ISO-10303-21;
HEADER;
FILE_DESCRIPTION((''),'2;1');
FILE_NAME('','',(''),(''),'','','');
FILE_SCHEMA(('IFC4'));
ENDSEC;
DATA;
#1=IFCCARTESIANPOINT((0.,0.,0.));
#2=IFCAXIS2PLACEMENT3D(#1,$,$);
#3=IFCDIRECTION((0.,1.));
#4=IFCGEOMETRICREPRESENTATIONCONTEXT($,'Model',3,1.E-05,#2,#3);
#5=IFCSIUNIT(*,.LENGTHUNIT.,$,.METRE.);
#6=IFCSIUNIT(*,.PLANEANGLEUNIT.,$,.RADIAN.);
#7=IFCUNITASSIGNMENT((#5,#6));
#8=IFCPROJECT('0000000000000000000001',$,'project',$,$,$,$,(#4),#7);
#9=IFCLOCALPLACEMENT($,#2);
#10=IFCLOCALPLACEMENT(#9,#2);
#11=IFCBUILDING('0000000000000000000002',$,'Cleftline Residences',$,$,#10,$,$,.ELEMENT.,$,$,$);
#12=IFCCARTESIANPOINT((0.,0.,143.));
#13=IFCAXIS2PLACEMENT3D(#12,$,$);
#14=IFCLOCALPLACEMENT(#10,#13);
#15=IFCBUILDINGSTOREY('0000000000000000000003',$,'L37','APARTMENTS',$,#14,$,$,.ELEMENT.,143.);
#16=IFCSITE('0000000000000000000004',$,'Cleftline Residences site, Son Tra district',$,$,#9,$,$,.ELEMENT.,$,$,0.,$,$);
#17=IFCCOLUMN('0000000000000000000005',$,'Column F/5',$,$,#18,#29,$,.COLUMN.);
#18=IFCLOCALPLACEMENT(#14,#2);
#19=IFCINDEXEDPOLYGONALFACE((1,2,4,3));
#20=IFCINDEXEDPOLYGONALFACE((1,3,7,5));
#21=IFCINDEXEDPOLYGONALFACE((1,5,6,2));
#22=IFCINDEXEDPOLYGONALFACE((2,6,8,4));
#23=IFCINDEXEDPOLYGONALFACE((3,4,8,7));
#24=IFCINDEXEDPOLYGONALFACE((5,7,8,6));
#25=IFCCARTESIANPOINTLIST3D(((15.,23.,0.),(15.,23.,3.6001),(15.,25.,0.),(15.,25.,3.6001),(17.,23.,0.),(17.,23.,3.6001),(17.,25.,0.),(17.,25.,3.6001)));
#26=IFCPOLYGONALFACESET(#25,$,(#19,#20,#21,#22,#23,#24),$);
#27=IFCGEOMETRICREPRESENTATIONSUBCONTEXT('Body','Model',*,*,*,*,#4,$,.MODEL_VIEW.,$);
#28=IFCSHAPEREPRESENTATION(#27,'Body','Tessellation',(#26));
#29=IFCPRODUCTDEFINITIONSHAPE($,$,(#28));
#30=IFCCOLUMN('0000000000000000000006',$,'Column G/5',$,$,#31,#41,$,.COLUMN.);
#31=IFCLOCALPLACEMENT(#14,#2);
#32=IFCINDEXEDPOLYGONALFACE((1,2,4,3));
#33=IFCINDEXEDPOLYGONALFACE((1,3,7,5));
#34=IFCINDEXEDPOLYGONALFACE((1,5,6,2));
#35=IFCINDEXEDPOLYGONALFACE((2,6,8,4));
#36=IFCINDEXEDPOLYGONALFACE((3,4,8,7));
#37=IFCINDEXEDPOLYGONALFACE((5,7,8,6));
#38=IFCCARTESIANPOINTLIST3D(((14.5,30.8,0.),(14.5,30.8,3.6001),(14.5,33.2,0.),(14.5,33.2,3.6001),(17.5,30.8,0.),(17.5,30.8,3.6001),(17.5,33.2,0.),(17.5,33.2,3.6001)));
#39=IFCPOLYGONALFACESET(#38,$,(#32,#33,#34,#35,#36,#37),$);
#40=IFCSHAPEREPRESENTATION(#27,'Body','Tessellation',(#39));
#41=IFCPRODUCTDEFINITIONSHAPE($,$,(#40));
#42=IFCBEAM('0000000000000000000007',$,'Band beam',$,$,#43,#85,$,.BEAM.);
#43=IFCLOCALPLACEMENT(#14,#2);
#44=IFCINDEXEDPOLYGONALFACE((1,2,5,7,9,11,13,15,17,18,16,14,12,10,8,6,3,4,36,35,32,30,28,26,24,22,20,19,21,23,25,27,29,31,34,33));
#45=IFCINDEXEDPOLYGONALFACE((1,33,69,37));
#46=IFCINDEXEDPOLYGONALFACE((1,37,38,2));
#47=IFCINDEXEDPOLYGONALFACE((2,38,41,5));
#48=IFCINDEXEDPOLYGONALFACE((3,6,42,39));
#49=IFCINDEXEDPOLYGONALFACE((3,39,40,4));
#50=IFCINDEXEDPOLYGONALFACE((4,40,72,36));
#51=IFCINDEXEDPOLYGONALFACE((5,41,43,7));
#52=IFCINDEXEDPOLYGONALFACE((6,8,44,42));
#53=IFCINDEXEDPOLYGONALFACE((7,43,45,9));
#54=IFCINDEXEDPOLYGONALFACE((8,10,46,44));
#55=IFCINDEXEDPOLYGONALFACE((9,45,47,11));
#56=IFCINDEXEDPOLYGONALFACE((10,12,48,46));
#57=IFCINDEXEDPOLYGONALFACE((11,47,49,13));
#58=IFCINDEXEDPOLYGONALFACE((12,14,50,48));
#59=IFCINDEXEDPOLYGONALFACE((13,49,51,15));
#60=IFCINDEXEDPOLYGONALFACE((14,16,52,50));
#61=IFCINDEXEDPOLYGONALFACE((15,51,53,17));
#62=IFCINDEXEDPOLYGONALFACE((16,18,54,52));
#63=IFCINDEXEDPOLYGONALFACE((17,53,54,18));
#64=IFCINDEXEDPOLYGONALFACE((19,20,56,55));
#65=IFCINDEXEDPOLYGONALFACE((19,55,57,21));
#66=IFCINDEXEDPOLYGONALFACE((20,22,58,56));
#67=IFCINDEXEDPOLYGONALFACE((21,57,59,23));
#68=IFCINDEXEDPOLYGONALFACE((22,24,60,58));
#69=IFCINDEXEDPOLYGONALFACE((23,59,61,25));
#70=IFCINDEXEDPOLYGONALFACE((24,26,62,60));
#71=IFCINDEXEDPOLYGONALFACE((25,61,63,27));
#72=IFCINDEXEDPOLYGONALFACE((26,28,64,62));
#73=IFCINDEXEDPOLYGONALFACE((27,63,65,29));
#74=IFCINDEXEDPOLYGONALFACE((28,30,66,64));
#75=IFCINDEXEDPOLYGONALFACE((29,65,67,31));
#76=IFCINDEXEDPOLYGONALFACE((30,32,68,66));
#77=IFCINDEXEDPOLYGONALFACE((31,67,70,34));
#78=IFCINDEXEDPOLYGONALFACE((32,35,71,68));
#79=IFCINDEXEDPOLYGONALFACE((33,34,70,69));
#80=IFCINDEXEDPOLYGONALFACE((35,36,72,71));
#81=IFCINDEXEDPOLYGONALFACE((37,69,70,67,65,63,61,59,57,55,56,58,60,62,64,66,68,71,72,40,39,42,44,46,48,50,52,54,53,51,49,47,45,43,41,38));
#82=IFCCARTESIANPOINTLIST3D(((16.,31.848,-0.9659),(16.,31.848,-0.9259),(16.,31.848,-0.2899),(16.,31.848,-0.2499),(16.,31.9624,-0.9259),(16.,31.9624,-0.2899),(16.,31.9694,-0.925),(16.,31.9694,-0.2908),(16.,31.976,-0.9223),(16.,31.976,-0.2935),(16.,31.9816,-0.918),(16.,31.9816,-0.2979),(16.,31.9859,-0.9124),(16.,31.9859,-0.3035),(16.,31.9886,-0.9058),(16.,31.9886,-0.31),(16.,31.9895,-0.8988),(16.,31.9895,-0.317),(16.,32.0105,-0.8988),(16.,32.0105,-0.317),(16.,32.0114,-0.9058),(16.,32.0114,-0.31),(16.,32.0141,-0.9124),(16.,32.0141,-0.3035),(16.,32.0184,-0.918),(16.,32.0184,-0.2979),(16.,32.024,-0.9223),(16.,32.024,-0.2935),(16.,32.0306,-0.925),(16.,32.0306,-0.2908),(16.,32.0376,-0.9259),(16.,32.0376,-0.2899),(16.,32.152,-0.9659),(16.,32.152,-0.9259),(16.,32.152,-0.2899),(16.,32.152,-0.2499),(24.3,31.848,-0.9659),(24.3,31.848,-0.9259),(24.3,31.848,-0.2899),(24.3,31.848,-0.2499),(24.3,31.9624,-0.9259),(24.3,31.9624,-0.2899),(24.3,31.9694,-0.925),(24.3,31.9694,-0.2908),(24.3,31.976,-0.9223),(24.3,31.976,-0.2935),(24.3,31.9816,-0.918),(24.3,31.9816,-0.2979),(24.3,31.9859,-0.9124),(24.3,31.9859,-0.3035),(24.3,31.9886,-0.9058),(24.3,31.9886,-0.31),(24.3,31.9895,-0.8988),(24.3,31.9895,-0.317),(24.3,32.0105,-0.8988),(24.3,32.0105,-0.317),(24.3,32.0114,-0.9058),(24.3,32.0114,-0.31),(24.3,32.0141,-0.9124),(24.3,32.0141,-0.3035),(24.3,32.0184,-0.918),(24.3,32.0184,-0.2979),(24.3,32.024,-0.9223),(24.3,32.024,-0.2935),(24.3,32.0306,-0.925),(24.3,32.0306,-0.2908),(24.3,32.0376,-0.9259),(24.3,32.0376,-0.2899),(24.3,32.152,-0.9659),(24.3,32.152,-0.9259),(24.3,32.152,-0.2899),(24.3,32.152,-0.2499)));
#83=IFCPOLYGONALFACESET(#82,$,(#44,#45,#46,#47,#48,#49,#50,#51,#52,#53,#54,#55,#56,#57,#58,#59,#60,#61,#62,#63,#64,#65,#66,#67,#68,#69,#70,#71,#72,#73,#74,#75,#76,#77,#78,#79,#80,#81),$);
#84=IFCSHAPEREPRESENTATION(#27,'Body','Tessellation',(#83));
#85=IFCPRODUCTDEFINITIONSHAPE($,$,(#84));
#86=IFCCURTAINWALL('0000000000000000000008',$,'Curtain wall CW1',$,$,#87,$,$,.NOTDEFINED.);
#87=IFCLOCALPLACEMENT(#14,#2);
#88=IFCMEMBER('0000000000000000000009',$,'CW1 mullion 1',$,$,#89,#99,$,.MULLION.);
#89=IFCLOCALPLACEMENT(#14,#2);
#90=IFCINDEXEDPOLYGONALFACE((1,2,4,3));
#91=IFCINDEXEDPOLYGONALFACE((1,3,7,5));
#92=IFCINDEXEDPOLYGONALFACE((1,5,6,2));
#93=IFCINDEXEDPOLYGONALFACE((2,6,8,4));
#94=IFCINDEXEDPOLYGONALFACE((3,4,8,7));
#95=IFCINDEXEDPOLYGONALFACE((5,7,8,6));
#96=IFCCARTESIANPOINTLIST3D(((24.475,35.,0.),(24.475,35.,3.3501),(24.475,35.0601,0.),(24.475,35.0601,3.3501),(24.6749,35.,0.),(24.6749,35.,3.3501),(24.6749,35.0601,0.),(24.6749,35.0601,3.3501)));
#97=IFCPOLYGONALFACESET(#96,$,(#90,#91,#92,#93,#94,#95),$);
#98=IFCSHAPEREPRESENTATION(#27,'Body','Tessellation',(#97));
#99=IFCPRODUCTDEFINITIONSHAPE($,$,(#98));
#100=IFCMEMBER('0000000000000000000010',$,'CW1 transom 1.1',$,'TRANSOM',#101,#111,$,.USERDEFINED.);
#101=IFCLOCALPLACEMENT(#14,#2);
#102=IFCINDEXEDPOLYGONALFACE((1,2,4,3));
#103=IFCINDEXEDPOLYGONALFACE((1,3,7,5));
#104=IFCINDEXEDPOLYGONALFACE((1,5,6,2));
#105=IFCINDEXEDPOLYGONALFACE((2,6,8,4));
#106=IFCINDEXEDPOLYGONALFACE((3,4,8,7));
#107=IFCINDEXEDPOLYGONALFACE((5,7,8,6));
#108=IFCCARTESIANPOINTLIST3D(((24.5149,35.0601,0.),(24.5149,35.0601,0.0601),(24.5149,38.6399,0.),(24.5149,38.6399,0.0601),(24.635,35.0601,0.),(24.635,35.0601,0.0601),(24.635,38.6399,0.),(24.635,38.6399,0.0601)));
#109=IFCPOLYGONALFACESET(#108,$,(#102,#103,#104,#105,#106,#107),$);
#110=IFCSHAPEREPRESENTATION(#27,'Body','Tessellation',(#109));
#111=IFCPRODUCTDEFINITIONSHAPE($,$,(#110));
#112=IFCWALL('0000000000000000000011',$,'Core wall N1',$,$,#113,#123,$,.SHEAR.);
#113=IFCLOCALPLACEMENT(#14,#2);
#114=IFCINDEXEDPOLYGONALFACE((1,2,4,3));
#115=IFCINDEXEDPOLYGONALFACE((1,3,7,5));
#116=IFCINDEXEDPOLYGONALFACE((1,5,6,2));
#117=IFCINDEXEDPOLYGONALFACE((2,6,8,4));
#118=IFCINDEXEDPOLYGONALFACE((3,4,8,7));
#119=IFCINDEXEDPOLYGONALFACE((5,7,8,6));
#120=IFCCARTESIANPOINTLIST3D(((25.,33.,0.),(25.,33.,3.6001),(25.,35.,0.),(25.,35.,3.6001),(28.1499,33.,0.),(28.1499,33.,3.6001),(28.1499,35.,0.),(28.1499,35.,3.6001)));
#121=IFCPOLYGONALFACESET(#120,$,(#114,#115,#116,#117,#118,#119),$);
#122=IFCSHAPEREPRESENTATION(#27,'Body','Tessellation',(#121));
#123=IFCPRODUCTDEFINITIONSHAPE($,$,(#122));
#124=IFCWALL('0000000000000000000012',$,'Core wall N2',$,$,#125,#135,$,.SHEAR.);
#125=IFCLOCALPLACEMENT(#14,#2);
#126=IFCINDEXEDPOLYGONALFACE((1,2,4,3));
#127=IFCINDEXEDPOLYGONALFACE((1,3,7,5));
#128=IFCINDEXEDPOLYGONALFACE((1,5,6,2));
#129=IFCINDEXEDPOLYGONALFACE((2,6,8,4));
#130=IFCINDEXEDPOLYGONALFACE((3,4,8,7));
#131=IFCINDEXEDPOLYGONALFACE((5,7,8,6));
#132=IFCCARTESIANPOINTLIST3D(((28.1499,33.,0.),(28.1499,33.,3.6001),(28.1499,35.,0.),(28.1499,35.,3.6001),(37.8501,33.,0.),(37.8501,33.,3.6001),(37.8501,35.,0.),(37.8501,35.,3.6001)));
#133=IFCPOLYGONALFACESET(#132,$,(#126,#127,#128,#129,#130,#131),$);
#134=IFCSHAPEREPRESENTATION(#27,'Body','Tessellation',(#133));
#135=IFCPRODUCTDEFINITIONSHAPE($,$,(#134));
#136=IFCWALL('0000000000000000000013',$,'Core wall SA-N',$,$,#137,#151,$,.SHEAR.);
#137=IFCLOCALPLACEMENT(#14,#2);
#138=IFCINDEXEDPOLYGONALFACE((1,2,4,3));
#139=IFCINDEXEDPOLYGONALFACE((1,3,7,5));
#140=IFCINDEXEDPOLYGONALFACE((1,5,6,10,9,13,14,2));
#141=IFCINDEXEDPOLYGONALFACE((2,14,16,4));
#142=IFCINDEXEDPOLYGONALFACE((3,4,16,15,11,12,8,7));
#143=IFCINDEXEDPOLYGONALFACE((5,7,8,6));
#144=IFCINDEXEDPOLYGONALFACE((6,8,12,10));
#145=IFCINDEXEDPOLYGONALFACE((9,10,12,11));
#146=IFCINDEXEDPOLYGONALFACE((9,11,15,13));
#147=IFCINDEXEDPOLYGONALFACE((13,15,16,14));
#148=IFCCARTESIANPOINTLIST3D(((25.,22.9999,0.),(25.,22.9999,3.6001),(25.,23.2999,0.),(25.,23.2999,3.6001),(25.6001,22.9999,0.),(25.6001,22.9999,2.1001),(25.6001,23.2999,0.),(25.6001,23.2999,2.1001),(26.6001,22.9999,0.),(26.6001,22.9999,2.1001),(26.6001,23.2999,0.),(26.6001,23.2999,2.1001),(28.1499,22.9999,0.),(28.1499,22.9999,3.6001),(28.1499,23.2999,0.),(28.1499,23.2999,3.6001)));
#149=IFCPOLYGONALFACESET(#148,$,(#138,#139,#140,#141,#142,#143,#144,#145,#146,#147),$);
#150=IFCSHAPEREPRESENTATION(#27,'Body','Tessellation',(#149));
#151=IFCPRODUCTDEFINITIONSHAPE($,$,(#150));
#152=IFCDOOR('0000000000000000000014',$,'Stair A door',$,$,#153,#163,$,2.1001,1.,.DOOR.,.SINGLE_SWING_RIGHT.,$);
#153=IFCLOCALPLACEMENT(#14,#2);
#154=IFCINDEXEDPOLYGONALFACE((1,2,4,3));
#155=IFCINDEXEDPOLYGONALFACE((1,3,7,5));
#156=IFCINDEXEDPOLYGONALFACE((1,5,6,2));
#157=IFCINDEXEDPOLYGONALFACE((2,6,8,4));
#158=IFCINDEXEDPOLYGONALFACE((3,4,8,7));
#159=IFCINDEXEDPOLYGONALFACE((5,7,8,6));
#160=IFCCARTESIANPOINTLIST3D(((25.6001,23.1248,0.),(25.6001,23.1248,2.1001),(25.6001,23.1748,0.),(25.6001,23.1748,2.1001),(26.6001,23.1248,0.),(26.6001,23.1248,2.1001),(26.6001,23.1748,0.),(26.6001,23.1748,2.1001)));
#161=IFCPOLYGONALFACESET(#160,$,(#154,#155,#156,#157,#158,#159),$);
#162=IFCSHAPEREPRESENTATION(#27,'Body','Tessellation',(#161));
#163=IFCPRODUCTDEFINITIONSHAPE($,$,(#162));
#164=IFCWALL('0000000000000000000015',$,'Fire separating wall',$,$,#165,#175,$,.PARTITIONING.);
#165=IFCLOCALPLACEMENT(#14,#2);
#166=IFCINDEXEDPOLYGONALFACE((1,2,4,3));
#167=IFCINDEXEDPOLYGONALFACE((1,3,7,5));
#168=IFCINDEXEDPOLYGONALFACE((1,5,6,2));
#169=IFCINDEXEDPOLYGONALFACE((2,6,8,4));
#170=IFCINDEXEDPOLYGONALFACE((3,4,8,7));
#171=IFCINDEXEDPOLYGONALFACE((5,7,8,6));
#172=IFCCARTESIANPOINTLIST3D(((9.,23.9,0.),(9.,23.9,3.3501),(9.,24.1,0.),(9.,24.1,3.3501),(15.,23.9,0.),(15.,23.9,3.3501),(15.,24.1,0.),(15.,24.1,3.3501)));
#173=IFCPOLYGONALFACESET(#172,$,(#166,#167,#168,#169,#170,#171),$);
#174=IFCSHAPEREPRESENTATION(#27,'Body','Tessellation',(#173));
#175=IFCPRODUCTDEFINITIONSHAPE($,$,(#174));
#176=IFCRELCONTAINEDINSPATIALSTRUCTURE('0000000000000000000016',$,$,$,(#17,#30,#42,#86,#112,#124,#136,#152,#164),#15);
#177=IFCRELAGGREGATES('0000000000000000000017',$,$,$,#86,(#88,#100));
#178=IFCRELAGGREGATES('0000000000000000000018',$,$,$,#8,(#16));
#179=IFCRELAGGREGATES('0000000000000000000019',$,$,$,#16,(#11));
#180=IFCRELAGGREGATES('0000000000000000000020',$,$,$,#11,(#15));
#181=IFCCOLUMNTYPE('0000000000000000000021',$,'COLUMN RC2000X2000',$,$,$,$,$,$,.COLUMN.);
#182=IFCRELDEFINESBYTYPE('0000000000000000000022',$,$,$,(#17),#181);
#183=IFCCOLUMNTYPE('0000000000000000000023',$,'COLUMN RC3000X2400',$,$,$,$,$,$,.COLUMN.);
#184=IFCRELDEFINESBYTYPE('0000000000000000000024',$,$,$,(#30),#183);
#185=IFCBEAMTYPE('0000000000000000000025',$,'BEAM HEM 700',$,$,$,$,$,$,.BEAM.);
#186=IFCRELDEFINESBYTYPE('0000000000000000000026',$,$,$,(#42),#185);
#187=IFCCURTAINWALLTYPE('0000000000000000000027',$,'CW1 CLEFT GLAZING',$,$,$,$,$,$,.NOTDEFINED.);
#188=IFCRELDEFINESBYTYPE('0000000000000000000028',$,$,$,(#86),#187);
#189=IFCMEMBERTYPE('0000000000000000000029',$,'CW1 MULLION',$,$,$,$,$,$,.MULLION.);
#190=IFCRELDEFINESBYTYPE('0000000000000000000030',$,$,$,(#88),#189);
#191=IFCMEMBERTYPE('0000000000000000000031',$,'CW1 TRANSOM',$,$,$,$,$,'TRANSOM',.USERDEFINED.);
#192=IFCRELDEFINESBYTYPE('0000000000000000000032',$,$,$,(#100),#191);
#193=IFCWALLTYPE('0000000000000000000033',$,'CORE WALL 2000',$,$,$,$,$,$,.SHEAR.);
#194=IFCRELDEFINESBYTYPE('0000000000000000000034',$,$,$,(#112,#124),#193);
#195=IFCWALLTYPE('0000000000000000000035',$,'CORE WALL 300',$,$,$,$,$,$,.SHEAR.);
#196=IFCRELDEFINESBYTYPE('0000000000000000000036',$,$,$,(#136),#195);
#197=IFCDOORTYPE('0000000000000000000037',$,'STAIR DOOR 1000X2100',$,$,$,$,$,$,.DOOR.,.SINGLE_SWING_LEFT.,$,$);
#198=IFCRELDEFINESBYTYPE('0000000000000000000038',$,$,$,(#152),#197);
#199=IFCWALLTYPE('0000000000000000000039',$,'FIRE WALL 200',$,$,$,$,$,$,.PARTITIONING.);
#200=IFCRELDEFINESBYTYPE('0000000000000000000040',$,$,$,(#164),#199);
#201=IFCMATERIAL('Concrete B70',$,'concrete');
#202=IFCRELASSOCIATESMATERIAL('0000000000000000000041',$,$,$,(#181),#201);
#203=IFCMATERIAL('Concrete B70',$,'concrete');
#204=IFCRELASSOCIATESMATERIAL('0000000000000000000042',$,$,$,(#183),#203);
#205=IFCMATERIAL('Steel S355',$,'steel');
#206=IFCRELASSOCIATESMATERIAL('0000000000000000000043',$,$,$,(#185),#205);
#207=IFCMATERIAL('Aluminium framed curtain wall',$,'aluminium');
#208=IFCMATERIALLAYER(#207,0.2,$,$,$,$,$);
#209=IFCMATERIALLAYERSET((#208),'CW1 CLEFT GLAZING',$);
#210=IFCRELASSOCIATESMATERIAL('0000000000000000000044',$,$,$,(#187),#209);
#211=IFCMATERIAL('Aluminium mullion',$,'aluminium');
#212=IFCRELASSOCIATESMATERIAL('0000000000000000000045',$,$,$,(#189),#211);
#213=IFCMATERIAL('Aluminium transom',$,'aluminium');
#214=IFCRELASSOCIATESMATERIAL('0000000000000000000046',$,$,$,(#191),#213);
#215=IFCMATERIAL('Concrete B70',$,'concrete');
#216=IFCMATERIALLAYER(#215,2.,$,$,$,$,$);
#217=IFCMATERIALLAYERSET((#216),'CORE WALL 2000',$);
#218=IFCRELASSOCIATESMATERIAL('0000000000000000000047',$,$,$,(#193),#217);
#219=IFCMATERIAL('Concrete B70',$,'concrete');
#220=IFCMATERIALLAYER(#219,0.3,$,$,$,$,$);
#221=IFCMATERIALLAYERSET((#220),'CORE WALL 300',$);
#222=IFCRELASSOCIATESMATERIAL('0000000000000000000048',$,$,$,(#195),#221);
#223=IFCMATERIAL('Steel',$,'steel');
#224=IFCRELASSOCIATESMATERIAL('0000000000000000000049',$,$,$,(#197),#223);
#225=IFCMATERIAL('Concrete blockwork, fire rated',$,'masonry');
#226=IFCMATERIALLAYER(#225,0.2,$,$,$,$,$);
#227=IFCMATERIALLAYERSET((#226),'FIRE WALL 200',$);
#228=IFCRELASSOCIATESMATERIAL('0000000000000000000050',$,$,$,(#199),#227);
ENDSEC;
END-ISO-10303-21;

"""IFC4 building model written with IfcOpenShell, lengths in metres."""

from ifc_helpers import new_model, si_unit, direction, frame, frame_2d, origin, origin_2d, place, context, subcontext, project, spatial, rectangle, i_section, extrude, material, layer, layer_set, material_profile, profile_set, type_object, element, fill, aggregate, save


model = new_model("IFC4")

# Units and contexts
model_context = context("Model", 3, precision=1e-05, world=origin(), true_north=direction((0.0, 1.0)))
body_context = subcontext(model_context, "Body", "Model", "MODEL_VIEW")
ifc_project = project(units=[si_unit("LENGTHUNIT", "METRE"), si_unit("PLANEANGLEUNIT", "RADIAN")], contexts=[model_context])

# Site, building, storey
site_placement = place(None, origin())
site = spatial("IfcSite", under=ifc_project, at=site_placement, Name="Cleftline Residences site, Son Tra district", CompositionType="ELEMENT", RefElevation=0.0)
building_placement = place(site_placement, origin())
building = spatial("IfcBuilding", under=site, at=building_placement, Name="Cleftline Residences", CompositionType="ELEMENT")
storey_placement = place(building_placement, frame((0.0, 0.0, 143.0)))
storey = spatial("IfcBuildingStorey", under=building, at=storey_placement, Name="L37", Description="APARTMENTS", CompositionType="ELEMENT", Elevation=143.0)

# Columns
ifc_material_1 = material(Name="Concrete B70", Category="concrete")
ifc_material_profile_1 = material_profile(ifc_material_1, rectangle(XDim=2.0, YDim=2.0, at=origin_2d()))
ifc_profile_set_1 = profile_set([ifc_material_profile_1], Name="Concrete B70")
column_type_1 = type_object("IfcColumnType", Name="COLUMN RC2000X2000", PredefinedType="COLUMN", material=ifc_profile_set_1)
column_1_placement = place(storey_placement, frame((16.0, 24.0, 0.0), z_axis=(0.0, 0.0, 1.0), x_axis=(1.0, 0.0, 0.0)))
element("IfcColumn", 1, at=column_1_placement, inside=storey, type_object=column_type_1, Name="Column F/5", PredefinedType="COLUMN", context=body_context, shape_type="SweptSolid", body=[
    extrude(rectangle(XDim=2.0, YDim=2.0, at=origin_2d()), origin(), (0.0, 0.0, 1.0), 3.6001),
])
ifc_material_2 = material(Name="Concrete B70", Category="concrete")
ifc_material_profile_2 = material_profile(ifc_material_2, rectangle(XDim=3.0, YDim=2.3999, at=origin_2d()))
ifc_profile_set_2 = profile_set([ifc_material_profile_2], Name="Concrete B70")
column_type_2 = type_object("IfcColumnType", Name="COLUMN RC3000X2400", PredefinedType="COLUMN", material=ifc_profile_set_2)
column_2_placement = place(storey_placement, frame((16.0, 32.0, 0.0), z_axis=(0.0, 0.0, 1.0), x_axis=(1.0, 0.0, 0.0)))
element("IfcColumn", 2, at=column_2_placement, inside=storey, type_object=column_type_2, Name="Column G/5", PredefinedType="COLUMN", context=body_context, shape_type="SweptSolid", body=[
    extrude(rectangle(XDim=3.0, YDim=2.3999, at=origin_2d()), origin(), (0.0, 0.0, 1.0), 3.6001),
])

# Beam
ifc_material_3 = material(Name="Steel S355", Category="steel")
ifc_material_profile_3 = material_profile(ifc_material_3, i_section(OverallWidth=0.304, OverallDepth=0.7161, WebThickness=0.021, FlangeThickness=0.04, FilletRadius=0.0271, at=origin_2d()))
ifc_profile_set_3 = profile_set([ifc_material_profile_3], Name="Steel S355")
beam_type = type_object("IfcBeamType", Name="BEAM HEM 700", PredefinedType="BEAM", material=ifc_profile_set_3)
beam_placement = place(storey_placement, frame((16.0, 32.0, -0.6079), z_axis=(1.0, 0.0, 0.0), x_axis=(0.0, 1.0, 0.0)))
element("IfcBeam", 3, at=beam_placement, inside=storey, type_object=beam_type, Name="Band beam", PredefinedType="BEAM", context=body_context, shape_type="SweptSolid", body=[
    extrude(i_section(OverallWidth=0.304, OverallDepth=0.7161, WebThickness=0.021, FlangeThickness=0.04, FilletRadius=0.0271, at=origin_2d()), origin(), (0.0, 0.0, 1.0), 8.3),
])

# Curtain wall, members
ifc_material_4 = material(Name="Aluminium framed curtain wall", Category="aluminium")
ifc_layer_1 = layer(ifc_material_4, 0.2)
ifc_layer_set_1 = layer_set([ifc_layer_1], Name="CW1 CLEFT GLAZING")
curtain_wall_type = type_object("IfcCurtainWallType", Name="CW1 CLEFT GLAZING", PredefinedType="NOTDEFINED", material=ifc_layer_set_1)
curtain_wall_placement = place(storey_placement, origin())
curtain_wall = element("IfcCurtainWall", 4, at=curtain_wall_placement, inside=storey, type_object=curtain_wall_type, Name="Curtain wall CW1", PredefinedType="NOTDEFINED")
ifc_material_5 = material(Name="Aluminium mullion", Category="aluminium")
ifc_material_profile_4 = material_profile(ifc_material_5, rectangle(XDim=0.2, YDim=0.0601, at=origin_2d()))
ifc_profile_set_4 = profile_set([ifc_material_profile_4], Name="Aluminium mullion")
member_type_1 = type_object("IfcMemberType", Name="CW1 MULLION", PredefinedType="MULLION", material=ifc_profile_set_4)
member_1_placement = place(storey_placement, frame((24.575, 35.03, 0.0), z_axis=(0.0, 0.0, 1.0), x_axis=(-1.0, 0.0, 0.0)))
member_1 = element("IfcMember", 5, at=member_1_placement, type_object=member_type_1, Name="CW1 mullion 1", PredefinedType="MULLION", context=body_context, shape_type="SweptSolid", body=[
    extrude(rectangle(XDim=0.2, YDim=0.0601, at=origin_2d()), origin(), (0.0, 0.0, 1.0), 3.3501),
])
ifc_material_6 = material(Name="Aluminium transom", Category="aluminium")
ifc_material_profile_5 = material_profile(ifc_material_6, rectangle(XDim=0.1201, YDim=0.0601, at=origin_2d()))
ifc_profile_set_5 = profile_set([ifc_material_profile_5], Name="Aluminium transom")
member_type_2 = type_object("IfcMemberType", Name="CW1 TRANSOM", ElementType="TRANSOM", PredefinedType="USERDEFINED", material=ifc_profile_set_5)
member_2_placement = place(storey_placement, frame((24.575, 35.0601, 0.03), z_axis=(0.0, 1.0, 0.0), x_axis=(-1.0, 0.0, 0.0)))
member_2 = element("IfcMember", 6, at=member_2_placement, type_object=member_type_2, Name="CW1 transom 1.1", ObjectType="TRANSOM", PredefinedType="USERDEFINED", context=body_context, shape_type="SweptSolid", body=[
    extrude(rectangle(XDim=0.1201, YDim=0.0601, at=origin_2d()), origin(), (0.0, 0.0, 1.0), 3.5798),
])
aggregate(curtain_wall, [member_1, member_2])

# Walls
ifc_material_7 = material(Name="Concrete B70", Category="concrete")
ifc_layer_2 = layer(ifc_material_7, 2.0)
ifc_layer_set_2 = layer_set([ifc_layer_2], Name="CORE WALL 2000")
wall_type_1 = type_object("IfcWallType", Name="CORE WALL 2000", PredefinedType="SHEAR", material=ifc_layer_set_2)
wall_1_placement = place(storey_placement, frame((25.0, 34.0, 0.0), z_axis=(0.0, 0.0, 1.0), x_axis=(1.0, 0.0, 0.0)))
element("IfcWall", 7, at=wall_1_placement, inside=storey, type_object=wall_type_1, Name="Core wall N1", PredefinedType="SHEAR", context=body_context, shape_type="SweptSolid", body=[
    extrude(rectangle(XDim=3.1499, YDim=2.0, at=frame_2d((1.575, 0.0))), origin(), (0.0, 0.0, 1.0), 3.6001),
])
wall_2_placement = place(storey_placement, frame((28.1499, 34.0, 0.0), z_axis=(0.0, 0.0, 1.0), x_axis=(1.0, 0.0, 0.0)))
element("IfcWall", 8, at=wall_2_placement, inside=storey, type_object=wall_type_1, Name="Core wall N2", PredefinedType="SHEAR", context=body_context, shape_type="SweptSolid", body=[
    extrude(rectangle(XDim=9.7002, YDim=2.0, at=frame_2d((4.8501, 0.0))), origin(), (0.0, 0.0, 1.0), 3.6001),
])

# Wall, opening, door
ifc_material_8 = material(Name="Concrete B70", Category="concrete")
ifc_layer_3 = layer(ifc_material_8, 0.3)
ifc_layer_set_3 = layer_set([ifc_layer_3], Name="CORE WALL 300")
wall_type_2 = type_object("IfcWallType", Name="CORE WALL 300", PredefinedType="SHEAR", material=ifc_layer_set_3)
wall_3_placement = place(storey_placement, frame((25.0, 23.1499, 0.0), z_axis=(0.0, 0.0, 1.0), x_axis=(1.0, 0.0, 0.0)))
wall_3 = element("IfcWall", 9, at=wall_3_placement, inside=storey, type_object=wall_type_2, Name="Core wall SA-N", PredefinedType="SHEAR", context=body_context, shape_type="SweptSolid", body=[
    extrude(rectangle(XDim=3.1499, YDim=0.3, at=frame_2d((1.575, 0.0))), origin(), (0.0, 0.0, 1.0), 3.6001),
])
opening_1_placement = place(wall_3_placement, frame((0.6001, 0.0, 0.0)))
opening_1 = element("IfcOpeningElement", 10, at=opening_1_placement, cuts=wall_3, PredefinedType="OPENING", context=body_context, shape_type="SweptSolid", body=[
    extrude(rectangle(XDim=1.0, YDim=2.1001, at=frame_2d((0.5, 1.05))), frame((0.0, 0.1599, 0.0), z_axis=(0.0, -1.0, 0.0), x_axis=(1.0, 0.0, 0.0)), (0.0, 0.0, 1.0), 0.3201),
])
ifc_material_9 = material(Name="Steel", Category="steel")
door_type_1 = type_object("IfcDoorType", Name="STAIR DOOR 1000X2100", OperationType="SINGLE_SWING_LEFT", PredefinedType="DOOR", material=ifc_material_9)
door_1_placement = place(opening_1_placement, origin())
door_1 = element("IfcDoor", 11, at=door_1_placement, inside=storey, type_object=door_type_1, Name="Stair A door", OperationType="SINGLE_SWING_RIGHT", OverallHeight=2.1001, OverallWidth=1.0, PredefinedType="DOOR", context=body_context, shape_type="SweptSolid", body=[
    extrude(rectangle(XDim=1.0, YDim=2.1001, at=frame_2d((0.5, 1.05))), frame((0.0, 0.0249, 0.0), z_axis=(0.0, -1.0, 0.0), x_axis=(1.0, 0.0, 0.0)), (0.0, 0.0, 1.0), 0.05),
])
fill(opening_1, door_1)

# Wall
ifc_material_10 = material(Name="Concrete blockwork, fire rated", Category="masonry")
ifc_layer_4 = layer(ifc_material_10, 0.2)
ifc_layer_set_4 = layer_set([ifc_layer_4], Name="FIRE WALL 200")
wall_type_3 = type_object("IfcWallType", Name="FIRE WALL 200", PredefinedType="PARTITIONING", material=ifc_layer_set_4)
wall_4_placement = place(storey_placement, frame((9.0, 24.0, 0.0), z_axis=(0.0, 0.0, 1.0), x_axis=(1.0, 0.0, 0.0)))
element("IfcWall", 12, at=wall_4_placement, inside=storey, type_object=wall_type_3, Name="Fire separating wall", PredefinedType="PARTITIONING", context=body_context, shape_type="SweptSolid", body=[
    extrude(rectangle(XDim=6.0, YDim=0.2, at=frame_2d((3.0, 0.0))), origin(), (0.0, 0.0, 1.0), 3.3501),
])

save(model, "model.ifc")
